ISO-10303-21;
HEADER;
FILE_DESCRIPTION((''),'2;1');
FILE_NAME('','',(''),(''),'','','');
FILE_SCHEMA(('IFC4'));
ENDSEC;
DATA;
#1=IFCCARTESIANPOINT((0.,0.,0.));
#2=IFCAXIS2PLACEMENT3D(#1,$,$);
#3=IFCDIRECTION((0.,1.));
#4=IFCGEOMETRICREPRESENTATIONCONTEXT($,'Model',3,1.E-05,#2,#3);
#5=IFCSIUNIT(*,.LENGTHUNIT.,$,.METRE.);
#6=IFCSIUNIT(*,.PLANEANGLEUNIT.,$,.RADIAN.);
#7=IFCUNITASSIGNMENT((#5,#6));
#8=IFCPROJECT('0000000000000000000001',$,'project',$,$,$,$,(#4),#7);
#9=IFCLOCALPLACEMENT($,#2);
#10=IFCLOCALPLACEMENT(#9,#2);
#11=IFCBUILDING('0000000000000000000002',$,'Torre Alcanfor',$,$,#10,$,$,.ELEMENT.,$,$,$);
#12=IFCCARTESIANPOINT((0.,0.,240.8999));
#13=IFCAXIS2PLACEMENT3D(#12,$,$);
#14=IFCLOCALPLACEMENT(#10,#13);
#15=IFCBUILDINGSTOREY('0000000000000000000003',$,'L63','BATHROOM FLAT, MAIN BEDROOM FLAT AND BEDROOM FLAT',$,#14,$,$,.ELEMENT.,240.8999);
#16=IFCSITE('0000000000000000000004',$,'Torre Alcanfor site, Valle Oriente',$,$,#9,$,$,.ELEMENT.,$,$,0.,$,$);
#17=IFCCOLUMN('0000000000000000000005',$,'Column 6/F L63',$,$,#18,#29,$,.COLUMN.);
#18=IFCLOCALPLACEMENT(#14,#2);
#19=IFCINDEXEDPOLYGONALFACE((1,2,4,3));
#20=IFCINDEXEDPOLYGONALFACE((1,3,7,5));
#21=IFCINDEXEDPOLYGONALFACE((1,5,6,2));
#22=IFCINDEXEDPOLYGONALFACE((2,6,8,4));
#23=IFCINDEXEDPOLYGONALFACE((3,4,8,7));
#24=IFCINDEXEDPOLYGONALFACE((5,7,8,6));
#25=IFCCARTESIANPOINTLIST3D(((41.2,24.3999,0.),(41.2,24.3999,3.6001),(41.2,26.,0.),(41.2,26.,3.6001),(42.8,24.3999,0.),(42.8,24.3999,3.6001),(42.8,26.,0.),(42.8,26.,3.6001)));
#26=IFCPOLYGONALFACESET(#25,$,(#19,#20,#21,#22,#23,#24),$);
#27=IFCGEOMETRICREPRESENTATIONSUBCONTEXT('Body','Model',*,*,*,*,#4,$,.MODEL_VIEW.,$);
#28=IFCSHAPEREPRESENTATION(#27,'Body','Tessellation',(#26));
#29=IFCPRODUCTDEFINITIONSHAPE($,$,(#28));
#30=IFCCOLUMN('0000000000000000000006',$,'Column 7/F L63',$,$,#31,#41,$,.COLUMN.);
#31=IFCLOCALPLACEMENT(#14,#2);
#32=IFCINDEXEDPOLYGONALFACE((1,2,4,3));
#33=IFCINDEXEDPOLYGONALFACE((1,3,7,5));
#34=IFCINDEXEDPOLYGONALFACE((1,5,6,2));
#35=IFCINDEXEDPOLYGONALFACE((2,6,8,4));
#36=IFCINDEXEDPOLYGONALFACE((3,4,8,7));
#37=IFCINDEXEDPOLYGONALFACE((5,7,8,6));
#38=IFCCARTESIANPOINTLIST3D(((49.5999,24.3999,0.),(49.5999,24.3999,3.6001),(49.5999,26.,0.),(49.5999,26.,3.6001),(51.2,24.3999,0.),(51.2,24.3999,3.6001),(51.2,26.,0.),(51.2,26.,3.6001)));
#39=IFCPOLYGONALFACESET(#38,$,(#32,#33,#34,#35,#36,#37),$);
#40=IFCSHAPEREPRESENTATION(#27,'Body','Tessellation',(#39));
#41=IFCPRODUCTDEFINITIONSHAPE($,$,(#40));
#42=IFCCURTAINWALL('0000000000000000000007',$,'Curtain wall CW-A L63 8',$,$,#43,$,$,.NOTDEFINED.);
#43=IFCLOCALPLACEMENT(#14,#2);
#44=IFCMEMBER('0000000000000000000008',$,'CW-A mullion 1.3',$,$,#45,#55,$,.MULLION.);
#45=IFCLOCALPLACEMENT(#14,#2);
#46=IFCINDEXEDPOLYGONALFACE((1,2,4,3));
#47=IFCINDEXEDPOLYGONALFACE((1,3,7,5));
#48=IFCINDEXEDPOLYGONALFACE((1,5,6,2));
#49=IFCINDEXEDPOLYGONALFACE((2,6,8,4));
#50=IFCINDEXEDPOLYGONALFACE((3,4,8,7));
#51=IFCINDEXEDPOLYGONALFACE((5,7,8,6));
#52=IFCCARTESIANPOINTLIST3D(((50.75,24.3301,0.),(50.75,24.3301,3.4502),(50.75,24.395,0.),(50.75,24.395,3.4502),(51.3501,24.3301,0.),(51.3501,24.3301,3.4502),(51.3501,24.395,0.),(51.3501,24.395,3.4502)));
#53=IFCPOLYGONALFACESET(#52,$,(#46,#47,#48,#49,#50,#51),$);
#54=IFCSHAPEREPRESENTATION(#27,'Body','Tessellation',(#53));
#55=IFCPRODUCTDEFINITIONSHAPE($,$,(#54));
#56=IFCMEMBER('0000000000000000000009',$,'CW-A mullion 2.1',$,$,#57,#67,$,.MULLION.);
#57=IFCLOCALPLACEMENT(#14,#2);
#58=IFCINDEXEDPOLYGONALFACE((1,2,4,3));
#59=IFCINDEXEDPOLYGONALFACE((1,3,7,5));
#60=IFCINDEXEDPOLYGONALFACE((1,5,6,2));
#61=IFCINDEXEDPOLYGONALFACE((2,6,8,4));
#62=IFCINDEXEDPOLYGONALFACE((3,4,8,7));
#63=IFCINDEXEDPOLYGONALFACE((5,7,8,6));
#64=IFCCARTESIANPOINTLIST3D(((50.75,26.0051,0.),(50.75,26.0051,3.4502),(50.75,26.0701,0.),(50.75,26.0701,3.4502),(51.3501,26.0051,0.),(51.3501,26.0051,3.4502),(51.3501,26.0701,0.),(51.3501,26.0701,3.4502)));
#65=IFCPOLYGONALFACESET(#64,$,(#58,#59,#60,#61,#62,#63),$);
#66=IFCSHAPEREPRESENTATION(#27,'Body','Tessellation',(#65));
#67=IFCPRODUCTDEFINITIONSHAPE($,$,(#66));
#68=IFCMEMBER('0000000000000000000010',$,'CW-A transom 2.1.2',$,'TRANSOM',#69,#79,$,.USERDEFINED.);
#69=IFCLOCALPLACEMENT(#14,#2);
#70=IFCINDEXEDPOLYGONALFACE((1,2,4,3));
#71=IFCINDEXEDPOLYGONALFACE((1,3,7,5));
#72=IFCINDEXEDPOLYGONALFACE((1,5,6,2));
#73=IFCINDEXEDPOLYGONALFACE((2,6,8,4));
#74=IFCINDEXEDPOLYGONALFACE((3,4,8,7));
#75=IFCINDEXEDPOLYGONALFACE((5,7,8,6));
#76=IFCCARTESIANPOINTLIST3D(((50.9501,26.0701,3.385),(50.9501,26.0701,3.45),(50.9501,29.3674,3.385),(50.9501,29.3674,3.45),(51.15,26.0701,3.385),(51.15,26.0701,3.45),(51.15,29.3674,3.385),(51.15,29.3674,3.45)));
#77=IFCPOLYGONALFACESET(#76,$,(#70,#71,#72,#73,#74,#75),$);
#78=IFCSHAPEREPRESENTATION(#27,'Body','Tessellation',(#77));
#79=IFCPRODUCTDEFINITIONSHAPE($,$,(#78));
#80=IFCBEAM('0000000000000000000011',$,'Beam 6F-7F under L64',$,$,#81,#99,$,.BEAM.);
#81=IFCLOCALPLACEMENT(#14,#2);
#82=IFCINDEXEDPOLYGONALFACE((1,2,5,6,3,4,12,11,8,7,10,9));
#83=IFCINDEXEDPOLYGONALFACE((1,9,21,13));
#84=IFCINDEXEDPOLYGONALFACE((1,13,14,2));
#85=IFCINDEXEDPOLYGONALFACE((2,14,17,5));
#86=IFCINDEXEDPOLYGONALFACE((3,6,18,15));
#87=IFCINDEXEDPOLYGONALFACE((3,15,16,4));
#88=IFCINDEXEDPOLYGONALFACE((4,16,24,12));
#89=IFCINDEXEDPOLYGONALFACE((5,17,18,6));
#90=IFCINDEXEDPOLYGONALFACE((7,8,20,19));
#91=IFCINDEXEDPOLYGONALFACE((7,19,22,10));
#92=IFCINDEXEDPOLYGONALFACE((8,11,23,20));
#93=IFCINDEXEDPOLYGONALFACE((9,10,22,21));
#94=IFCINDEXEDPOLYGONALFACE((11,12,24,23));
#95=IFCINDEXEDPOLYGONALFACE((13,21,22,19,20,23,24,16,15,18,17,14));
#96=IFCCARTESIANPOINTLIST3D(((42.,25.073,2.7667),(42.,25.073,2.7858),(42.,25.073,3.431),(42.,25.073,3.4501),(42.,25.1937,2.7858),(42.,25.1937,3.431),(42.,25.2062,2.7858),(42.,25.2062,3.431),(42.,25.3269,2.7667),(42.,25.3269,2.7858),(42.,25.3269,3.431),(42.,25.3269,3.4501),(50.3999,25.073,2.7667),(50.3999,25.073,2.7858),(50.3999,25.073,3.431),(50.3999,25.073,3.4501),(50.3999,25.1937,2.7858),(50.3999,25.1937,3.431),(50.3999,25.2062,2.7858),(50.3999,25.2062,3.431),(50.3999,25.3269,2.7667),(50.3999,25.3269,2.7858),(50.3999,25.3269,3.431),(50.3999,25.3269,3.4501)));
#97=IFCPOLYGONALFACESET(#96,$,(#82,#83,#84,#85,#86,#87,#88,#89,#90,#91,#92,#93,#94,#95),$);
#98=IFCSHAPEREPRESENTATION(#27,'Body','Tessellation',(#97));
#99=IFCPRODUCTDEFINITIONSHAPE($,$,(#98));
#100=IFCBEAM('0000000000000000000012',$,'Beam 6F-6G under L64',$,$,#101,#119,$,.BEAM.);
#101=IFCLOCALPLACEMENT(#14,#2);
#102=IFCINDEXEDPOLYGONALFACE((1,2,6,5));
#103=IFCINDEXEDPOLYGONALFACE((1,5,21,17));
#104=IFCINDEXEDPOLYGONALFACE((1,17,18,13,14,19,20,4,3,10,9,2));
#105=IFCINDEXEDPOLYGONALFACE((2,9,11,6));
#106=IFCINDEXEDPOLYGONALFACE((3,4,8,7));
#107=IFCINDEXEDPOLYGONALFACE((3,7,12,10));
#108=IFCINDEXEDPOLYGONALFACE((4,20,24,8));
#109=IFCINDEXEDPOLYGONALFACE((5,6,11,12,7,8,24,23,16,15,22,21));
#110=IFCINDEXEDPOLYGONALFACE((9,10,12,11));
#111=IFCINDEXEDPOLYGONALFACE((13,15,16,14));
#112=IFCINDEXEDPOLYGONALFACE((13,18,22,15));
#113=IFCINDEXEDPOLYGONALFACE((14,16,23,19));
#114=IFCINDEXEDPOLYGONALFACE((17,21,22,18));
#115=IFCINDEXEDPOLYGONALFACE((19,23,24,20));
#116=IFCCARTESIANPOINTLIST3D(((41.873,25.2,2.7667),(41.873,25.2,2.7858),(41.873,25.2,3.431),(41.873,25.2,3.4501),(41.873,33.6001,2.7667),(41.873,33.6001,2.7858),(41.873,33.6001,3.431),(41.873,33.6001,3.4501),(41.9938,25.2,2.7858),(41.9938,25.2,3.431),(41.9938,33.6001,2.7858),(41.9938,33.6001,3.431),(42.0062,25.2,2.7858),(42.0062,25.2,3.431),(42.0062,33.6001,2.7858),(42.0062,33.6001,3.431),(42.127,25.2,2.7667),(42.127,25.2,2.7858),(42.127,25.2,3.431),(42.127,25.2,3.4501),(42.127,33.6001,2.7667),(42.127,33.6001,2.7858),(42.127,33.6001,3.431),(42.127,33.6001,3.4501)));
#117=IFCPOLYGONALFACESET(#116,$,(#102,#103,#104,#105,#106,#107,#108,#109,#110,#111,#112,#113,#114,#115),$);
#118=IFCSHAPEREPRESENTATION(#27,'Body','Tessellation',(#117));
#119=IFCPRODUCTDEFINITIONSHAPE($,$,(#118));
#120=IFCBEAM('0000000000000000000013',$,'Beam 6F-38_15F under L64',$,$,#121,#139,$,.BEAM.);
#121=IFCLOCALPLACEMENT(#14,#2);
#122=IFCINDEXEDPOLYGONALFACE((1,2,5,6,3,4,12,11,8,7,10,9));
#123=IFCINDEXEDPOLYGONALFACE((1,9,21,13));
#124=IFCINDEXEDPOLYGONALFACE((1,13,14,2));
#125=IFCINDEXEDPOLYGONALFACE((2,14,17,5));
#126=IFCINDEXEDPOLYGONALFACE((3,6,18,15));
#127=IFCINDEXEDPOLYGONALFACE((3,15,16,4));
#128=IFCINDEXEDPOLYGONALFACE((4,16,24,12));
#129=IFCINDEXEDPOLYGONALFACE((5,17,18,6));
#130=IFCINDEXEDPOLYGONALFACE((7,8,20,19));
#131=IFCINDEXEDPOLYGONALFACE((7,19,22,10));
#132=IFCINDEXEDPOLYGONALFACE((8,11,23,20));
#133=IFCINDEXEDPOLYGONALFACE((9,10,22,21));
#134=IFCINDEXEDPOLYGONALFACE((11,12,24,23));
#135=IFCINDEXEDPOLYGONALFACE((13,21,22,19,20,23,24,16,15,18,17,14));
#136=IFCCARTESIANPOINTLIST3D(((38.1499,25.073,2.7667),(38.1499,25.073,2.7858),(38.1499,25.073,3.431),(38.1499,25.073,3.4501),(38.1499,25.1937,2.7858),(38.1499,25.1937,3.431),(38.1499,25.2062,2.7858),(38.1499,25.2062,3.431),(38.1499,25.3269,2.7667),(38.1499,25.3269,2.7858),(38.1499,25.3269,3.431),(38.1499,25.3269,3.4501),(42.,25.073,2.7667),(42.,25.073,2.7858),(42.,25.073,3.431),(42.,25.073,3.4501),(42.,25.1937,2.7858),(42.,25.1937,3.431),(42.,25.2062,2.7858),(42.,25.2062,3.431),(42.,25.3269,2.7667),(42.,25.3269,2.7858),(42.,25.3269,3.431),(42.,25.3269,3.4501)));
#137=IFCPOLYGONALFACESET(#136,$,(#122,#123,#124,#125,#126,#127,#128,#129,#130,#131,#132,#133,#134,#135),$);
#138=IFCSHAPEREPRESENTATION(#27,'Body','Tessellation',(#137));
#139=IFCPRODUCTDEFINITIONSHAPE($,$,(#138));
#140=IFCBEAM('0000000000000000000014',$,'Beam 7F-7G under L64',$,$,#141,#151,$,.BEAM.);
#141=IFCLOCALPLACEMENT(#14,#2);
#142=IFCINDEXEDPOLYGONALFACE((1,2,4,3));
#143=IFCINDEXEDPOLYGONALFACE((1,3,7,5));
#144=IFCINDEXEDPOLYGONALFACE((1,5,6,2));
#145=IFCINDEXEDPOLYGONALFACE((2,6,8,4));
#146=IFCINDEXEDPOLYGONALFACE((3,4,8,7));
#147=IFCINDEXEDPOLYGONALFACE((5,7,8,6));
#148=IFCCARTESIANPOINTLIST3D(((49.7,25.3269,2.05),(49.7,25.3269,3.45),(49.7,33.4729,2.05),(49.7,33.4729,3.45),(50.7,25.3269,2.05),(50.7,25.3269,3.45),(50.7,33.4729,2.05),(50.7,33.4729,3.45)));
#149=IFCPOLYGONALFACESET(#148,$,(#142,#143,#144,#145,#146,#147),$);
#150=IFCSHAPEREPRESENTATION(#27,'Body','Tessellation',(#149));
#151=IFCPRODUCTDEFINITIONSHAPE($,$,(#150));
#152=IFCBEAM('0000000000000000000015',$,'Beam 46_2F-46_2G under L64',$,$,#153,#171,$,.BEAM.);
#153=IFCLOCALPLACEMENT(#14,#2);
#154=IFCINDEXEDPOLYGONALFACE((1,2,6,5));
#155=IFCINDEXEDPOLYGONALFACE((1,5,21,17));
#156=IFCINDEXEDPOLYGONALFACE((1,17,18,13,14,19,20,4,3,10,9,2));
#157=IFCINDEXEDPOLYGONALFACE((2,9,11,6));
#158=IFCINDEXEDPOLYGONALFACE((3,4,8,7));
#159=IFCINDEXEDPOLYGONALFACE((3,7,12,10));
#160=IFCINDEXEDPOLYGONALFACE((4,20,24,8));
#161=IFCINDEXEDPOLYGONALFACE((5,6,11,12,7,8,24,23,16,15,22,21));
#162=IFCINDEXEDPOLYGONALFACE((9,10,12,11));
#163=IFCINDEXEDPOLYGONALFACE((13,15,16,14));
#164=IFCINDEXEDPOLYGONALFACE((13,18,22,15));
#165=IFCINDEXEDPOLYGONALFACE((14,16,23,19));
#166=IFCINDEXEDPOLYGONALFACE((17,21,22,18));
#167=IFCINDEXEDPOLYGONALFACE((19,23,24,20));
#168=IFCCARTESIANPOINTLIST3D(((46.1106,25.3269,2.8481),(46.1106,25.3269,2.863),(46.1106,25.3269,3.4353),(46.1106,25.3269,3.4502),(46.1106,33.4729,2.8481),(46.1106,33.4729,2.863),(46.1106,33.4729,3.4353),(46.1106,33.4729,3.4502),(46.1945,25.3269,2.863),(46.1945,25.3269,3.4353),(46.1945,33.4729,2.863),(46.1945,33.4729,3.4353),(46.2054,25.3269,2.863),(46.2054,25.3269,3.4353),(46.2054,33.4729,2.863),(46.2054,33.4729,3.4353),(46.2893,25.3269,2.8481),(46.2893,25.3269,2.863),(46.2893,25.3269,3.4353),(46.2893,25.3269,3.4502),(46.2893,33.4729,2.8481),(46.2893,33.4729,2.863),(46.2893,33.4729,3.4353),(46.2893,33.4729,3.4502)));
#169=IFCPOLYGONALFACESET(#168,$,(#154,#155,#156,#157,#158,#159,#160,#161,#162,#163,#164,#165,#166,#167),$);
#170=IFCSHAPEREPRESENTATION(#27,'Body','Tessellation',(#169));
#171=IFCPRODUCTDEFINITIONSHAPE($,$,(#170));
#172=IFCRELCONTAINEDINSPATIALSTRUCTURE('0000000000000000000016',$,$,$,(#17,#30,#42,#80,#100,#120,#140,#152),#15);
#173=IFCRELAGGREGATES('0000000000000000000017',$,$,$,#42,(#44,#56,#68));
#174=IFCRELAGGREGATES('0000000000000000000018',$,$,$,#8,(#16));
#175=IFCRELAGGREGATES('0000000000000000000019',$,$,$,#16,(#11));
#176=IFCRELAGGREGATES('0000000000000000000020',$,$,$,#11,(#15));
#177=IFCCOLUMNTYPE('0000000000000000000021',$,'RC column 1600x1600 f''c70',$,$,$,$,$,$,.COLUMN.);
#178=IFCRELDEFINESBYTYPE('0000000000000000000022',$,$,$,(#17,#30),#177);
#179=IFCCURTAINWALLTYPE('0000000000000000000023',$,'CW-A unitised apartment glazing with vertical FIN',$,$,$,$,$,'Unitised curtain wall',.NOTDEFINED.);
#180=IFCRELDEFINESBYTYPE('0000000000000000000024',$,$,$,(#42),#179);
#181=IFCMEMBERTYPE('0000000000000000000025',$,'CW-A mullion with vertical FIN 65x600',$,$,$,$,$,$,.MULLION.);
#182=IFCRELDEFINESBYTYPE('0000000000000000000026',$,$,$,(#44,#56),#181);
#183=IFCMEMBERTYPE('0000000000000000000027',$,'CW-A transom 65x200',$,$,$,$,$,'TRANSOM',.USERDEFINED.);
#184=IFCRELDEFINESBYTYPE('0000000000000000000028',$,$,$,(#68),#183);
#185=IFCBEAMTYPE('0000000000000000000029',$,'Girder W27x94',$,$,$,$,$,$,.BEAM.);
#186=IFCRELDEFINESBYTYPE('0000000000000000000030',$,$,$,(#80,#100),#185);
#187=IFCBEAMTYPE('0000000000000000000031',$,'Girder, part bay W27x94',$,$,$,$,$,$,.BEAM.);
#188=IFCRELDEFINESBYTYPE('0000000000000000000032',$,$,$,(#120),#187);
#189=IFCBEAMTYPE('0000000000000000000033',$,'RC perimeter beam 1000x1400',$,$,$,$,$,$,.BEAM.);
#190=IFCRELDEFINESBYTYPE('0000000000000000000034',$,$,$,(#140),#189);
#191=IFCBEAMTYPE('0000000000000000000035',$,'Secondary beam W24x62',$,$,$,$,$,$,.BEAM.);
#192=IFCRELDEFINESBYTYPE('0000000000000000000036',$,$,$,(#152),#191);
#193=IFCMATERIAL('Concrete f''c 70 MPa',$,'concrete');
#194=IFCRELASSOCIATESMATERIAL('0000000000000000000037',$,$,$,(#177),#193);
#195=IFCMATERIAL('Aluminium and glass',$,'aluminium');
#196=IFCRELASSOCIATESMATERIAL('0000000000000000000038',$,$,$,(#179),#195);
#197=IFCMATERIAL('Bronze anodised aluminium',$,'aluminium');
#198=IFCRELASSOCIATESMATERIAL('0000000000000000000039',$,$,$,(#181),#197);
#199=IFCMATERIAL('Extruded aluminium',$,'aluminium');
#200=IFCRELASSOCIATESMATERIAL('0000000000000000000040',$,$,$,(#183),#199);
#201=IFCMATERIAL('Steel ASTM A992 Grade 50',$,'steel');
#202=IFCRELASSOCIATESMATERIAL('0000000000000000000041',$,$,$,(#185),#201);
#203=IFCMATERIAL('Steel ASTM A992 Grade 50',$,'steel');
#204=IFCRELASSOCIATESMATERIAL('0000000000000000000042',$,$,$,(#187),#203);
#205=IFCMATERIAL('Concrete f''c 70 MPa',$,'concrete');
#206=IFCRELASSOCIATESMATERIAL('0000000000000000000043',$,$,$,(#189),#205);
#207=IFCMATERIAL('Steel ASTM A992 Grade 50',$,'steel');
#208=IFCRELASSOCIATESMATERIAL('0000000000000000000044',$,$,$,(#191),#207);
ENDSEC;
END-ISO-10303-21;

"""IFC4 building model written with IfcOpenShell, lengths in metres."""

from ifc_helpers import new_model, si_unit, direction, frame, origin, origin_2d, place, context, subcontext, project, spatial, rectangle, i_section, extrude, material, material_profile, profile_set, type_object, element, aggregate, save


model = new_model("IFC4")

# Units and contexts
model_context = context("Model", 3, precision=1e-05, world=origin(), true_north=direction((0.0, 1.0)))
body_context = subcontext(model_context, "Body", "Model", "MODEL_VIEW")
ifc_project = project(units=[si_unit("LENGTHUNIT", "METRE"), si_unit("PLANEANGLEUNIT", "RADIAN")], contexts=[model_context])

# Site, building, storey
site_placement = place(None, origin())
site = spatial("IfcSite", under=ifc_project, at=site_placement, Name="Torre Alcanfor site, Valle Oriente", CompositionType="ELEMENT", RefElevation=0.0)
building_placement = place(site_placement, origin())
building = spatial("IfcBuilding", under=site, at=building_placement, Name="Torre Alcanfor", CompositionType="ELEMENT")
storey_placement = place(building_placement, frame((0.0, 0.0, 240.8999)))
storey = spatial("IfcBuildingStorey", under=building, at=storey_placement, Name="L63", Description="BATHROOM FLAT, MAIN BEDROOM FLAT AND BEDROOM FLAT", CompositionType="ELEMENT", Elevation=240.8999)

# Columns
ifc_material_1 = material(Name="Concrete f'c 70 MPa", Category="concrete")
ifc_material_profile_1 = material_profile(ifc_material_1, rectangle(XDim=1.6001, YDim=1.6001, at=origin_2d()), Name="1600x1600")
ifc_profile_set_1 = profile_set([ifc_material_profile_1], Name="Concrete f'c 70 MPa")
column_type = type_object("IfcColumnType", Name="RC column 1600x1600 f'c70", PredefinedType="COLUMN", material=ifc_profile_set_1)
for number, where, z_axis, x_axis, name in (
    (1, (42.0, 25.2, 0.0), (0.0, 0.0, 1.0), (1.0, 0.0, 0.0), "Column 6/F L63"),
    (2, (50.3999, 25.2, 0.0), (0.0, 0.0, 1.0), (1.0, 0.0, 0.0), "Column 7/F L63"),
):
    element("IfcColumn", number, at=place(storey_placement, frame(where, z_axis=z_axis, x_axis=x_axis)), inside=storey, type_object=column_type, Name=name, PredefinedType="COLUMN", context=body_context, shape_type="SweptSolid", body=[
        extrude(rectangle(XDim=1.6001, YDim=1.6001, at=origin_2d()), origin(), (0.0, 0.0, 1.0), 3.6001),
    ])

# Curtain wall, members
ifc_material_2 = material(Name="Aluminium and glass", Category="aluminium")
curtain_wall_type = type_object("IfcCurtainWallType", Name="CW-A unitised apartment glazing with vertical FIN", ElementType="Unitised curtain wall", PredefinedType="NOTDEFINED", material=ifc_material_2)
curtain_wall_placement = place(storey_placement, origin())
curtain_wall = element("IfcCurtainWall", 3, at=curtain_wall_placement, inside=storey, type_object=curtain_wall_type, Name="Curtain wall CW-A L63 8", PredefinedType="NOTDEFINED")
ifc_material_3 = material(Name="Bronze anodised aluminium", Category="aluminium")
ifc_material_profile_2 = material_profile(ifc_material_3, rectangle(XDim=0.6001, YDim=0.0649, at=origin_2d()), Name="CW-A mullion 65x600")
ifc_profile_set_2 = profile_set([ifc_material_profile_2], Name="Bronze anodised aluminium")
member_type_1 = type_object("IfcMemberType", Name="CW-A mullion with vertical FIN 65x600", PredefinedType="MULLION", material=ifc_profile_set_2)
member_1_placement = place(storey_placement, frame((51.05, 24.3625, 0.0), z_axis=(0.0, 0.0, 1.0), x_axis=(-1.0, 0.0, 0.0)))
member_1 = element("IfcMember", 4, at=member_1_placement, type_object=member_type_1, Name="CW-A mullion 1.3", PredefinedType="MULLION", context=body_context, shape_type="SweptSolid", body=[
    extrude(rectangle(XDim=0.6001, YDim=0.0649, at=origin_2d()), origin(), (0.0, 0.0, 1.0), 3.4502),
])
member_2_placement = place(storey_placement, frame((51.05, 26.0376, 0.0), z_axis=(0.0, 0.0, 1.0), x_axis=(-1.0, 0.0, 0.0)))
member_2 = element("IfcMember", 5, at=member_2_placement, type_object=member_type_1, Name="CW-A mullion 2.1", PredefinedType="MULLION", context=body_context, shape_type="SweptSolid", body=[
    extrude(rectangle(XDim=0.6001, YDim=0.0649, at=origin_2d()), origin(), (0.0, 0.0, 1.0), 3.4502),
])
ifc_material_4 = material(Name="Extruded aluminium", Category="aluminium")
ifc_material_profile_3 = material_profile(ifc_material_4, rectangle(XDim=0.2, YDim=0.0649, at=origin_2d()), Name="CW-A transom 200x65")
ifc_profile_set_3 = profile_set([ifc_material_profile_3], Name="Extruded aluminium")
member_type_2 = type_object("IfcMemberType", Name="CW-A transom 65x200", ElementType="TRANSOM", PredefinedType="USERDEFINED", material=ifc_profile_set_3)
member_3_placement = place(storey_placement, frame((51.05, 26.0701, 3.4175), z_axis=(0.0, 1.0, 0.0), x_axis=(-1.0, 0.0, 0.0)))
member_3 = element("IfcMember", 6, at=member_3_placement, type_object=member_type_2, Name="CW-A transom 2.1.2", ObjectType="TRANSOM", PredefinedType="USERDEFINED", context=body_context, shape_type="SweptSolid", body=[
    extrude(rectangle(XDim=0.2, YDim=0.0649, at=origin_2d()), origin(), (0.0, 0.0, 1.0), 3.2974),
])

# Beams
ifc_material_5 = material(Name="Steel ASTM A992 Grade 50", Category="steel")
ifc_material_profile_4 = material_profile(ifc_material_5, i_section(OverallWidth=0.2539, OverallDepth=0.6833, WebThickness=0.0125, FlangeThickness=0.019, at=origin_2d()), Name="W27x94")
ifc_profile_set_4 = profile_set([ifc_material_profile_4], Name="Steel ASTM A992 Grade 50")
beam_type_1 = type_object("IfcBeamType", Name="Girder W27x94", PredefinedType="BEAM", material=ifc_profile_set_4)
beam_1_placement = place(storey_placement, frame((42.0, 25.2, 3.1084), z_axis=(1.0, 0.0, 0.0), x_axis=(0.0, 1.0, 0.0)))
element("IfcBeam", 7, at=beam_1_placement, inside=storey, type_object=beam_type_1, Name="Beam 6F-7F under L64", PredefinedType="BEAM", context=body_context, shape_type="SweptSolid", body=[
    extrude(i_section(OverallWidth=0.2539, OverallDepth=0.6833, WebThickness=0.0125, FlangeThickness=0.019, at=origin_2d()), origin(), (0.0, 0.0, 1.0), 8.3999),
])
beam_2_placement = place(storey_placement, frame((42.0, 25.2, 3.1084), z_axis=(0.0, 1.0, 0.0), x_axis=(-1.0, 0.0, 0.0)))
element("IfcBeam", 8, at=beam_2_placement, inside=storey, type_object=beam_type_1, Name="Beam 6F-6G under L64", PredefinedType="BEAM", context=body_context, shape_type="SweptSolid", body=[
    extrude(i_section(OverallWidth=0.2539, OverallDepth=0.6833, WebThickness=0.0125, FlangeThickness=0.019, at=origin_2d()), origin(), (0.0, 0.0, 1.0), 8.4001),
])
ifc_material_6 = material(Name="Steel ASTM A992 Grade 50", Category="steel")
ifc_material_profile_5 = material_profile(ifc_material_6, i_section(OverallWidth=0.2539, OverallDepth=0.6833, WebThickness=0.0125, FlangeThickness=0.019, at=origin_2d()), Name="W27x94")
ifc_profile_set_5 = profile_set([ifc_material_profile_5], Name="Steel ASTM A992 Grade 50")
beam_type_2 = type_object("IfcBeamType", Name="Girder, part bay W27x94", PredefinedType="BEAM", material=ifc_profile_set_5)
beam_3_placement = place(storey_placement, frame((42.0, 25.2, 3.1084), z_axis=(-1.0, 0.0, 0.0), x_axis=(0.0, -1.0, 0.0)))
element("IfcBeam", 9, at=beam_3_placement, inside=storey, type_object=beam_type_2, Name="Beam 6F-38_15F under L64", PredefinedType="BEAM", context=body_context, shape_type="SweptSolid", body=[
    extrude(i_section(OverallWidth=0.2539, OverallDepth=0.6833, WebThickness=0.0125, FlangeThickness=0.019, at=origin_2d()), origin(), (0.0, 0.0, 1.0), 3.8501),
])
ifc_material_7 = material(Name="Concrete f'c 70 MPa", Category="concrete")
ifc_material_profile_6 = material_profile(ifc_material_7, rectangle(XDim=1.0, YDim=1.3999, at=origin_2d()), Name="1000x1400")
ifc_profile_set_6 = profile_set([ifc_material_profile_6], Name="Concrete f'c 70 MPa")
beam_type_3 = type_object("IfcBeamType", Name="RC perimeter beam 1000x1400", PredefinedType="BEAM", material=ifc_profile_set_6)
beam_4_placement = place(storey_placement, frame((50.2, 25.3269, 2.75), z_axis=(0.0, 1.0, 0.0), x_axis=(-1.0, 0.0, 0.0)))
element("IfcBeam", 10, at=beam_4_placement, inside=storey, type_object=beam_type_3, Name="Beam 7F-7G under L64", PredefinedType="BEAM", context=body_context, shape_type="SweptSolid", body=[
    extrude(rectangle(XDim=1.0, YDim=1.3999, at=origin_2d()), origin(), (0.0, 0.0, 1.0), 8.146),
])
ifc_material_8 = material(Name="Steel ASTM A992 Grade 50", Category="steel")
ifc_material_profile_7 = material_profile(ifc_material_8, i_section(OverallWidth=0.1787, OverallDepth=0.6021, WebThickness=0.011, FlangeThickness=0.0149, at=origin_2d()), Name="W24x62")
ifc_profile_set_7 = profile_set([ifc_material_profile_7], Name="Steel ASTM A992 Grade 50")
beam_type_4 = type_object("IfcBeamType", Name="Secondary beam W24x62", PredefinedType="BEAM", material=ifc_profile_set_7)
beam_5_placement = place(storey_placement, frame((46.2, 25.3269, 3.1492), z_axis=(0.0, 1.0, 0.0), x_axis=(-1.0, 0.0, 0.0)))
element("IfcBeam", 11, at=beam_5_placement, inside=storey, type_object=beam_type_4, Name="Beam 46_2F-46_2G under L64", PredefinedType="BEAM", context=body_context, shape_type="SweptSolid", body=[
    extrude(i_section(OverallWidth=0.1787, OverallDepth=0.6021, WebThickness=0.011, FlangeThickness=0.0149, at=origin_2d()), origin(), (0.0, 0.0, 1.0), 8.146),
])

aggregate(curtain_wall, [member_1, member_2, member_3])

save(model, "model.ifc")
